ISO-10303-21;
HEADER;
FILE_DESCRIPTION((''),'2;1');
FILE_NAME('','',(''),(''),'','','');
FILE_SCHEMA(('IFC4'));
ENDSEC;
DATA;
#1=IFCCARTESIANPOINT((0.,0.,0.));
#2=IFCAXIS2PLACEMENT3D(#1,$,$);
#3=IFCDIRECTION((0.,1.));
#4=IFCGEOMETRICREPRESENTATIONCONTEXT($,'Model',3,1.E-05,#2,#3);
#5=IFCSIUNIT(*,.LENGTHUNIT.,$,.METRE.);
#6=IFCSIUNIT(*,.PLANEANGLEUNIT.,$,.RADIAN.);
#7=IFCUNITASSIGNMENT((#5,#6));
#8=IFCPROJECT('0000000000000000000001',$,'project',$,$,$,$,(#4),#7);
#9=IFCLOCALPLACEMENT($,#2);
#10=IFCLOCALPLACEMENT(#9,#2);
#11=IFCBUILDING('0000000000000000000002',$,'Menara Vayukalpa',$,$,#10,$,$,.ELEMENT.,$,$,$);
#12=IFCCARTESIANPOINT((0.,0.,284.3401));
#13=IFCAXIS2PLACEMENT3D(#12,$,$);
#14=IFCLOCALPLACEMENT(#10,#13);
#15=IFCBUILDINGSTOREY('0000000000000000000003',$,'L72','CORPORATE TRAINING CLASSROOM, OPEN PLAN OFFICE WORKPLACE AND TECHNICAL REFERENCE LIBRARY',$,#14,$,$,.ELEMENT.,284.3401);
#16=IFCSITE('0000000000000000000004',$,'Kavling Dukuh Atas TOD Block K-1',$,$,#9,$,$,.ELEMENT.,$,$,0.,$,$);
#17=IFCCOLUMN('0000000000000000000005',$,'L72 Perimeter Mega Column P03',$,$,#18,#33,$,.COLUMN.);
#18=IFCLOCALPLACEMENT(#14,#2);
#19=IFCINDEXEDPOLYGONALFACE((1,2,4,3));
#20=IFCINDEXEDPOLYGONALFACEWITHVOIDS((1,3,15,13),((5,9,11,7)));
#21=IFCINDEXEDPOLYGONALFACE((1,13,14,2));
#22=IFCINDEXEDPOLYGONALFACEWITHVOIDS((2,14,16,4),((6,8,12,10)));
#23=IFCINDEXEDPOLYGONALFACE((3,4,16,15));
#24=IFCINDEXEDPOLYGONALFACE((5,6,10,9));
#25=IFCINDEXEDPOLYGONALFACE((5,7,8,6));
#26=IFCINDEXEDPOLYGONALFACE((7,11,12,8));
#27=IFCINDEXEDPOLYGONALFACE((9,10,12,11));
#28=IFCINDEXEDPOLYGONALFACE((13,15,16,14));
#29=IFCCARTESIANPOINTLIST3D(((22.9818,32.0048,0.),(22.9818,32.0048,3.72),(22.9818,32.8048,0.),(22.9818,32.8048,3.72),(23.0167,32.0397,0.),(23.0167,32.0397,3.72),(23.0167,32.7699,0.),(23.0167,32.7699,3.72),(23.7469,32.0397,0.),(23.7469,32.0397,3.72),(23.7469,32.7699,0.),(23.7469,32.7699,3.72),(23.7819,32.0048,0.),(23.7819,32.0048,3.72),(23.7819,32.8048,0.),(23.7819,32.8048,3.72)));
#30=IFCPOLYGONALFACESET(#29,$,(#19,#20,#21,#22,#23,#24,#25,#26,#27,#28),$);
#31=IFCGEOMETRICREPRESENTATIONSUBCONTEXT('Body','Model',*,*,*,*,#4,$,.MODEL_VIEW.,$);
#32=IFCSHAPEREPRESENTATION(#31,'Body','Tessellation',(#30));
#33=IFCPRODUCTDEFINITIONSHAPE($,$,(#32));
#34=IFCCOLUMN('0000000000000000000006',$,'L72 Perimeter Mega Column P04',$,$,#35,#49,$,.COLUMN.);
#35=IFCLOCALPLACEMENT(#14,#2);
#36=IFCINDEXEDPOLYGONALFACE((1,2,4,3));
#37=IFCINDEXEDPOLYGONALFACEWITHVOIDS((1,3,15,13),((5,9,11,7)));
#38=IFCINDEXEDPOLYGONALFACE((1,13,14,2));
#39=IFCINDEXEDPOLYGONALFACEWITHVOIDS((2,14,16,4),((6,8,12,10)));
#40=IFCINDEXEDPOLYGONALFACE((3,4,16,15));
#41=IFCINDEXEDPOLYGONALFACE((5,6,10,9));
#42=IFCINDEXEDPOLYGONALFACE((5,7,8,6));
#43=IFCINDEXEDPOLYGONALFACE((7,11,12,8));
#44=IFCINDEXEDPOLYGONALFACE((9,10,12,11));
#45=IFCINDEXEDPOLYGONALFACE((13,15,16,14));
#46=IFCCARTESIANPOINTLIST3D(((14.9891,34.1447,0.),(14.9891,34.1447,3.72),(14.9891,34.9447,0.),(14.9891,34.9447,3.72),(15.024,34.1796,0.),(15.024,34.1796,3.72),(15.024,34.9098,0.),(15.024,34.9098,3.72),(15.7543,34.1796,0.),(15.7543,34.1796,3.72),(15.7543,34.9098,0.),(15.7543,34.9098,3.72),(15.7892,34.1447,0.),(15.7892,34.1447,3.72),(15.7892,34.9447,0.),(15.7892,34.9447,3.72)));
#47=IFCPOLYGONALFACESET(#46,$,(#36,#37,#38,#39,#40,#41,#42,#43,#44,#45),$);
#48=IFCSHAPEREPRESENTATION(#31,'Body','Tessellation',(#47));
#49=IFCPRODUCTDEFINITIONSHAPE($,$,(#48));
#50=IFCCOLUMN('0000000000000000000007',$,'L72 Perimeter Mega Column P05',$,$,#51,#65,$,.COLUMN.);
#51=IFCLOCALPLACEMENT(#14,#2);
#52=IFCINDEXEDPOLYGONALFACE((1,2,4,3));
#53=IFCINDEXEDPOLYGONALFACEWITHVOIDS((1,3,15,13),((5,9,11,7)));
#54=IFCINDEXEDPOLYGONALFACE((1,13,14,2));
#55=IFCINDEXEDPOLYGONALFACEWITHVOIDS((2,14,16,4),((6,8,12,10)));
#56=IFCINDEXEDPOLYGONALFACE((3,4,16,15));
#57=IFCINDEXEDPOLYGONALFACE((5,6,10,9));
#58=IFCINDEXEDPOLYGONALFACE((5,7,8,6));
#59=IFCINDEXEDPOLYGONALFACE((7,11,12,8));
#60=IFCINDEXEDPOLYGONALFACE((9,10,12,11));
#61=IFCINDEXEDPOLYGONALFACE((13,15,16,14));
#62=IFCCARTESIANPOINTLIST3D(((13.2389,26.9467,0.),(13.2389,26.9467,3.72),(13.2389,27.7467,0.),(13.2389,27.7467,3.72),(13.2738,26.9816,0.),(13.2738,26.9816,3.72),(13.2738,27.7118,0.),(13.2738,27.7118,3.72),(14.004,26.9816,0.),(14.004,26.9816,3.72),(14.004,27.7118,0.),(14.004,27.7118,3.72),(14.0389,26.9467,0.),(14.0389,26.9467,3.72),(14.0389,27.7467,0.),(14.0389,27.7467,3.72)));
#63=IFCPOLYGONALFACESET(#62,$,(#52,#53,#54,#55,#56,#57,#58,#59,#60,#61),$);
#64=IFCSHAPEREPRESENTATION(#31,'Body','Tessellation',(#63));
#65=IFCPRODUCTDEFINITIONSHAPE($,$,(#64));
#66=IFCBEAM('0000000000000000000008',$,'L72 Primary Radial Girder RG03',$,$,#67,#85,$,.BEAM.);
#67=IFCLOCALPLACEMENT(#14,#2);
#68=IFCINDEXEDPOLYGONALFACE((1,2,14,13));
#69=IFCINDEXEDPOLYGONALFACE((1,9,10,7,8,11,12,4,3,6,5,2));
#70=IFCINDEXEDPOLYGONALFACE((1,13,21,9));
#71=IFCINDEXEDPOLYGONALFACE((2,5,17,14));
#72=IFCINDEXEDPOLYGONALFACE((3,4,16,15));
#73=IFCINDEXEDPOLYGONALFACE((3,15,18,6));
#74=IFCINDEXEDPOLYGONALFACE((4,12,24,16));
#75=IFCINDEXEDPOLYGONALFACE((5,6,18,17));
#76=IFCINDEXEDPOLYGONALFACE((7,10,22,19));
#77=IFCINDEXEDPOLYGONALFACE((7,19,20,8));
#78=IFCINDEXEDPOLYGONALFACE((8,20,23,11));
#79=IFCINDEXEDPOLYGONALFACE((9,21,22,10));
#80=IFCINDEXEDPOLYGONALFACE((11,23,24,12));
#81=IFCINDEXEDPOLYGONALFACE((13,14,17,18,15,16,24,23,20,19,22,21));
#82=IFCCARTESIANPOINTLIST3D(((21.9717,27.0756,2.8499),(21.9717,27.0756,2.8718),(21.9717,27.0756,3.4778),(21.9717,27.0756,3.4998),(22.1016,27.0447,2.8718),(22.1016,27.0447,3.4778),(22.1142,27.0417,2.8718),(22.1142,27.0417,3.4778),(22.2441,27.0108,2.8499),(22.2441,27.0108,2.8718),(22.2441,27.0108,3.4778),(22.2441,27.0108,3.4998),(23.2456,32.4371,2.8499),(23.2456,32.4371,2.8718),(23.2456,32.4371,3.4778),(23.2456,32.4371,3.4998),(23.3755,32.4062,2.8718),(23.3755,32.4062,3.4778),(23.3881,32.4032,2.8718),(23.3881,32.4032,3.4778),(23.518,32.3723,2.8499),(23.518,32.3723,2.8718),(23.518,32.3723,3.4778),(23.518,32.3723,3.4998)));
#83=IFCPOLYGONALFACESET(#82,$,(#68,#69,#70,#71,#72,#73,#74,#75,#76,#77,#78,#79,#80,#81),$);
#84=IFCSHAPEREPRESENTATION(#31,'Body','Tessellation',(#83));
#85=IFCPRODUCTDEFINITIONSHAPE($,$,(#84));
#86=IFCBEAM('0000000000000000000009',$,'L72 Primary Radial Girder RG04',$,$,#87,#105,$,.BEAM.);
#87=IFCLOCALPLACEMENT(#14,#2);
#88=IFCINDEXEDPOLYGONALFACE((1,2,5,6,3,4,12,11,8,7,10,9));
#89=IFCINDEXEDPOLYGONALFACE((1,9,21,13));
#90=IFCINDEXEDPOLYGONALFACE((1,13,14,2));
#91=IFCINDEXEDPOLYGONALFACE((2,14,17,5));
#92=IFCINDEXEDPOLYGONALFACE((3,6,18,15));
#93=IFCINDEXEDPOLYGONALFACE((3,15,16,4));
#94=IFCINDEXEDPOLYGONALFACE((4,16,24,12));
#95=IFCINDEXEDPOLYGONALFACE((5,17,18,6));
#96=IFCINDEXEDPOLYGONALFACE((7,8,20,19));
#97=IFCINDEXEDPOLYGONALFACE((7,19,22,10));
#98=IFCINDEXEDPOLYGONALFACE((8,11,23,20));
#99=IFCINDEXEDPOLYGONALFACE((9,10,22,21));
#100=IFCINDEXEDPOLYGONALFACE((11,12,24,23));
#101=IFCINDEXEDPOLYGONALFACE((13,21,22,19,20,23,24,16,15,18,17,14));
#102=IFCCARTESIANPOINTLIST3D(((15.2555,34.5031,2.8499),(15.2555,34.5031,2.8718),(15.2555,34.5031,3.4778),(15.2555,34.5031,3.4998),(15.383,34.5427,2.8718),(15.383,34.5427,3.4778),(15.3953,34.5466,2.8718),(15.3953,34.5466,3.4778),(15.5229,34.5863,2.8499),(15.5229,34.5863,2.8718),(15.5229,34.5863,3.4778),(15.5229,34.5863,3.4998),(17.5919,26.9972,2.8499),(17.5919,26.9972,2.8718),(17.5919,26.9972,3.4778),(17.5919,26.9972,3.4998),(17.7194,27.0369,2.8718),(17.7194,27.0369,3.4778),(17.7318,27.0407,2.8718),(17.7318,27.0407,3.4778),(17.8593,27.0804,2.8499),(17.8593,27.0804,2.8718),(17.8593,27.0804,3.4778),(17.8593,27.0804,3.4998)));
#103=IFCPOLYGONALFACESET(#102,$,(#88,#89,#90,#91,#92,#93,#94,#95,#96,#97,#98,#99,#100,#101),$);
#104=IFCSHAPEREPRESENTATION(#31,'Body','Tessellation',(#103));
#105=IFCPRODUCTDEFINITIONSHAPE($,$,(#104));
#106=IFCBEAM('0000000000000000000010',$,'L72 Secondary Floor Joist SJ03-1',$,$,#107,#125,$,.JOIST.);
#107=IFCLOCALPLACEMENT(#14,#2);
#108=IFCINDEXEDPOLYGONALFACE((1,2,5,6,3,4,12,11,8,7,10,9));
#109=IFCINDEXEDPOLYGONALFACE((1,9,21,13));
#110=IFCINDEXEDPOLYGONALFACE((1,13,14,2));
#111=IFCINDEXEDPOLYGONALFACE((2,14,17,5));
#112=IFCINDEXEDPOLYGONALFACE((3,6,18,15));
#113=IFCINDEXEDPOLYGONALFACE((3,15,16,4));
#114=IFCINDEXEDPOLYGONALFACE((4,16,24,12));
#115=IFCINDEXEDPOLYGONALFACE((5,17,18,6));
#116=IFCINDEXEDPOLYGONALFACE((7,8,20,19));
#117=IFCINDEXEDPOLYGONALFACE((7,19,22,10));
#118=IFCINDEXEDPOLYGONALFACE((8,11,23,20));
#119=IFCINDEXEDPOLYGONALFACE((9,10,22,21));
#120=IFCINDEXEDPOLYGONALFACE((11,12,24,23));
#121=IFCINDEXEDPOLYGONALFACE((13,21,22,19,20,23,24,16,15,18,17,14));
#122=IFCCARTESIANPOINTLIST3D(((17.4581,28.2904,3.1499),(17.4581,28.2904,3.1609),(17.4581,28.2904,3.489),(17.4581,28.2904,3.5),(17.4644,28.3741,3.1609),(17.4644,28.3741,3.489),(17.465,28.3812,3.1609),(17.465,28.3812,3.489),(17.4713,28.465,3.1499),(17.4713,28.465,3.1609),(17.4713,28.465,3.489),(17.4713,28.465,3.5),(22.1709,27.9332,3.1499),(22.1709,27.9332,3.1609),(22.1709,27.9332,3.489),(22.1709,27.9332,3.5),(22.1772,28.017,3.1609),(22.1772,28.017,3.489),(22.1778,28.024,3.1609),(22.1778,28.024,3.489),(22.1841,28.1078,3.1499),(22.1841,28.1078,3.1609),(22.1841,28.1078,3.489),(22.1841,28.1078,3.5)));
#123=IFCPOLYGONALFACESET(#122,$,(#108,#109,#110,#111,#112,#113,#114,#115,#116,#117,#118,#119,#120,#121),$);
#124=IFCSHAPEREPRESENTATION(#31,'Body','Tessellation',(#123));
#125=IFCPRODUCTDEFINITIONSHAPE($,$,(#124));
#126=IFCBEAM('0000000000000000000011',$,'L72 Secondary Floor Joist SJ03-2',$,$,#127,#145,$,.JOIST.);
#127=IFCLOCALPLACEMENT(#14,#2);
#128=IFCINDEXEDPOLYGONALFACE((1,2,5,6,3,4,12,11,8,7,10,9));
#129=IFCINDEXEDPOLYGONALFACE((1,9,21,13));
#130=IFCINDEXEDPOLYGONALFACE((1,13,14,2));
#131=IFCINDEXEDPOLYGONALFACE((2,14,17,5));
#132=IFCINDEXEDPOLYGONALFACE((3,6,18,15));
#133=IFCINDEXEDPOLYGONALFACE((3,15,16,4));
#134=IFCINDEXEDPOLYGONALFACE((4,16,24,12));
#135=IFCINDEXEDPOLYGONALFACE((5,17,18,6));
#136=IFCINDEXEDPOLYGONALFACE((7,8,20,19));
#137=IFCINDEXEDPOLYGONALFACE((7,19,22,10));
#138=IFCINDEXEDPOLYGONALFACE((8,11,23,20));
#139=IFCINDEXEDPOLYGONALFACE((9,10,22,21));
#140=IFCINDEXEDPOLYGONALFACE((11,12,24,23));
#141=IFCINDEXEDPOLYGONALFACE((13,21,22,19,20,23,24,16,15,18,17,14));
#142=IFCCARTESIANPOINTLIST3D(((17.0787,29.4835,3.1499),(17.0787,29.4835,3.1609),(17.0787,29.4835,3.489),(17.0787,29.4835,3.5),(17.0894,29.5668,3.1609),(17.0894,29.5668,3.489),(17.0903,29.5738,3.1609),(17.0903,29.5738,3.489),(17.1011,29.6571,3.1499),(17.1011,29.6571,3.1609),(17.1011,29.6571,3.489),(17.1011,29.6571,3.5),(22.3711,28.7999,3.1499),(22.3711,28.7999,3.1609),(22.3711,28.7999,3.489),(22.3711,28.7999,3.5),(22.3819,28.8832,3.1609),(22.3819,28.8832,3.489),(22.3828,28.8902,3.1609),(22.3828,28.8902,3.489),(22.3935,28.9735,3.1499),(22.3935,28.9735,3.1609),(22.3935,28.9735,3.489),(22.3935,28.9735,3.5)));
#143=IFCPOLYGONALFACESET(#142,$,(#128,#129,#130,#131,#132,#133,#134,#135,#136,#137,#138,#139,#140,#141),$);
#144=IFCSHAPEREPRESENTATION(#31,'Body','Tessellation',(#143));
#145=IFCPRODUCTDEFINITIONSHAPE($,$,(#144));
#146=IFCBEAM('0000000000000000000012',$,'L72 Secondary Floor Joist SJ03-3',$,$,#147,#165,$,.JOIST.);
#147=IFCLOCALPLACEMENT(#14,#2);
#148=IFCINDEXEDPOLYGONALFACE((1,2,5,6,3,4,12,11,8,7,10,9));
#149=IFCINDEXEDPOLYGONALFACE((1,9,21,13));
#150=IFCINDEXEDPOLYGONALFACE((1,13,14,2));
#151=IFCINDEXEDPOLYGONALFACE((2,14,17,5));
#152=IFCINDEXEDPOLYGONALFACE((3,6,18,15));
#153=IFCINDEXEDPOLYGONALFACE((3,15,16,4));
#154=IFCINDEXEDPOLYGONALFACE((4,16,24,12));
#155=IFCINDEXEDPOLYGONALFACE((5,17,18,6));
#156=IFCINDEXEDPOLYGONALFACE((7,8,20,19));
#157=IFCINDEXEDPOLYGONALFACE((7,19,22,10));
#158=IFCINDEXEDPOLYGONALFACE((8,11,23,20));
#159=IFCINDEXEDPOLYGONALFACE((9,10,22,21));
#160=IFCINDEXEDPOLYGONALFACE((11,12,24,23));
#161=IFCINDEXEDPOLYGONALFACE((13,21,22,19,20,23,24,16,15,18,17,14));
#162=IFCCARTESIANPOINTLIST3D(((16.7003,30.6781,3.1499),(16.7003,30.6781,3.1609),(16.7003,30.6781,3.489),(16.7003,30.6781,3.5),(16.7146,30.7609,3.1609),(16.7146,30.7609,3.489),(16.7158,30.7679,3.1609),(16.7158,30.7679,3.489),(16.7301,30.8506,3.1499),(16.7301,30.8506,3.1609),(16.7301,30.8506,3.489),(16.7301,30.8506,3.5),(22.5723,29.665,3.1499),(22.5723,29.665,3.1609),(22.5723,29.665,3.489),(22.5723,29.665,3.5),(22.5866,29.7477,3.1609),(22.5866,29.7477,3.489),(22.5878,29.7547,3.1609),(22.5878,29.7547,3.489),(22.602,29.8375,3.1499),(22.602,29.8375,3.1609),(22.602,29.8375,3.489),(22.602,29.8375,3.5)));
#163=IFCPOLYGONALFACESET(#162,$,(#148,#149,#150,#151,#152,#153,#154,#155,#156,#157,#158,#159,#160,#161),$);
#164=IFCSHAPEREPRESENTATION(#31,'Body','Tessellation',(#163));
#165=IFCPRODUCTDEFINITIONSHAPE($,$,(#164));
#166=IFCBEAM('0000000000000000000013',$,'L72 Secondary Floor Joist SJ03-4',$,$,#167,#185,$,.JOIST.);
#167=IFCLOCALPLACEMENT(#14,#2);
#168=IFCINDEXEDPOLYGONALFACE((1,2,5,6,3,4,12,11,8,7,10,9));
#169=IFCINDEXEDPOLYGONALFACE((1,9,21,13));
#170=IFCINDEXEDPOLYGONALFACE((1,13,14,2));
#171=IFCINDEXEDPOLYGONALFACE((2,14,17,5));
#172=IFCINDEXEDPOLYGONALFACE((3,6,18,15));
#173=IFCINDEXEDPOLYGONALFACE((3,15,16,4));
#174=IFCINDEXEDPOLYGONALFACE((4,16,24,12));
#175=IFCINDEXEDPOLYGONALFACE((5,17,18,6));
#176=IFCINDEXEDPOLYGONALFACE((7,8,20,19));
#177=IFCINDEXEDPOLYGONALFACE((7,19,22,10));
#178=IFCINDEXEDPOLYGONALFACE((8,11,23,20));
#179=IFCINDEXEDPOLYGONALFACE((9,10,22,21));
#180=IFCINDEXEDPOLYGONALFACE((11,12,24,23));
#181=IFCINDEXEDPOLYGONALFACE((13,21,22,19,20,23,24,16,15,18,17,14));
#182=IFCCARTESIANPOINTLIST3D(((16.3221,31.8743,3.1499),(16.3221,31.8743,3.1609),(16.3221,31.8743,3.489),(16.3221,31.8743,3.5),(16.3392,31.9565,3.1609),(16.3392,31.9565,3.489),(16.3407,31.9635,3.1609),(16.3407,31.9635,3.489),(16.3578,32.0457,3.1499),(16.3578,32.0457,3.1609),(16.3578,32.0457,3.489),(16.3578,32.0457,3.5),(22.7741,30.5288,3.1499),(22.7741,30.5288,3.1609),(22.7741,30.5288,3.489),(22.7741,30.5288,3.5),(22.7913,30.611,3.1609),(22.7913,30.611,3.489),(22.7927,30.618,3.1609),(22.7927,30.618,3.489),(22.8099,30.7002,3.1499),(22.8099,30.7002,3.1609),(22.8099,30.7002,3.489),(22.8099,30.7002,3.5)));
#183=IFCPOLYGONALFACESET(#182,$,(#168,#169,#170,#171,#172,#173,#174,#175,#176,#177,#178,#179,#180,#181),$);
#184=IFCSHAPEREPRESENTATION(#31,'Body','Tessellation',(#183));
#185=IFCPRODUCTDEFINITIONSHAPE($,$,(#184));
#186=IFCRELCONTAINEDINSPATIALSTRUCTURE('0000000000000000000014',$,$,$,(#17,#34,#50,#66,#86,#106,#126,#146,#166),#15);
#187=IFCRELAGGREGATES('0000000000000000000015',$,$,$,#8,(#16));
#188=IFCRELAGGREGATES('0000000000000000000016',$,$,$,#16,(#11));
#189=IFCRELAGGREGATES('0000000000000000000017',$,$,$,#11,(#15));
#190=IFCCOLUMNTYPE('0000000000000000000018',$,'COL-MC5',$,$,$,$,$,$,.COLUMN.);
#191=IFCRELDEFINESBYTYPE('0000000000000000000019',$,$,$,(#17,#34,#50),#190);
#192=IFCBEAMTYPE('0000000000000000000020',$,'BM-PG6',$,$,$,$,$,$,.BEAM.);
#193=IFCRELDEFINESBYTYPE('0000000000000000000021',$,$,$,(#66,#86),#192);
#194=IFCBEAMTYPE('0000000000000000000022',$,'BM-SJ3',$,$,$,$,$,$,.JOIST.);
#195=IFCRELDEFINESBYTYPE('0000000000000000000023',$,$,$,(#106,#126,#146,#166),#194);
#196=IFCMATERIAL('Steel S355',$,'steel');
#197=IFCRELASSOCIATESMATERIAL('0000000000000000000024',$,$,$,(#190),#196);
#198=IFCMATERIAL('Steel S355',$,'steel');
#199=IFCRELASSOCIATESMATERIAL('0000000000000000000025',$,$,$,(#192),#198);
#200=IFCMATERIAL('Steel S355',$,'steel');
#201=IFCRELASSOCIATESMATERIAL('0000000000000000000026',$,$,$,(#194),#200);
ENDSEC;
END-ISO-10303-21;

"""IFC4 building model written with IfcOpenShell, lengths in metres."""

from ifc_helpers import new_model, si_unit, direction, frame, origin, origin_2d, place, context, subcontext, project, spatial, hollow_rectangle, i_section, extrude, material, material_profile, profile_set, type_object, element, save


model = new_model("IFC4")

# Units and contexts
model_context = context("Model", 3, precision=1e-05, world=origin(), true_north=direction((0.0, 1.0)))
body_context = subcontext(model_context, "Body", "Model", "MODEL_VIEW")
ifc_project = project(units=[si_unit("LENGTHUNIT", "METRE"), si_unit("PLANEANGLEUNIT", "RADIAN")], contexts=[model_context])

# Site, building, storey
site_placement = place(None, origin())
site = spatial("IfcSite", under=ifc_project, at=site_placement, Name="Kavling Dukuh Atas TOD Block K-1", CompositionType="ELEMENT", RefElevation=0.0)
building_placement = place(site_placement, origin())
building = spatial("IfcBuilding", under=site, at=building_placement, Name="Menara Vayukalpa", CompositionType="ELEMENT")
storey_placement = place(building_placement, frame((0.0, 0.0, 284.3401)))
storey = spatial("IfcBuildingStorey", under=building, at=storey_placement, Name="L72", Description="CORPORATE TRAINING CLASSROOM, OPEN PLAN OFFICE WORKPLACE AND TECHNICAL REFERENCE LIBRARY", CompositionType="ELEMENT", Elevation=284.3401)

# Columns
ifc_material_1 = material(Name="Steel S355", Category="steel")
ifc_material_profile_1 = material_profile(ifc_material_1, hollow_rectangle(XDim=0.8, YDim=0.8, WallThickness=0.0349, at=origin_2d()), Name="BOX 800x800x35")
ifc_profile_set_1 = profile_set([ifc_material_profile_1], Name="Steel S355")
column_type = type_object("IfcColumnType", Name="COL-MC5", PredefinedType="COLUMN", material=ifc_profile_set_1)
for number, where, z_axis, x_axis, name in (
    (1, (23.3818, 32.4048, 0.0), (0.0, 0.0, 1.0), (1.0, 0.0, 0.0), "L72 Perimeter Mega Column P03"),
    (2, (15.3892, 34.5447, 0.0), (0.0, 0.0, 1.0), (1.0, 0.0, 0.0), "L72 Perimeter Mega Column P04"),
    (3, (13.6389, 27.3467, 0.0), (0.0, 0.0, 1.0), (1.0, 0.0, 0.0), "L72 Perimeter Mega Column P05"),
):
    element("IfcColumn", number, at=place(storey_placement, frame(where, z_axis=z_axis, x_axis=x_axis)), inside=storey, type_object=column_type, Name=name, PredefinedType="COLUMN", context=body_context, shape_type="SweptSolid", body=[
        extrude(hollow_rectangle(XDim=0.8, YDim=0.8, WallThickness=0.0349, at=origin_2d()), origin(), (0.0, 0.0, 1.0), 3.72),
    ])

# Beams
ifc_material_2 = material(Name="Steel S355", Category="steel")
ifc_material_profile_2 = material_profile(ifc_material_2, i_section(OverallWidth=0.28, OverallDepth=0.6499, WebThickness=0.0129, FlangeThickness=0.022, at=origin_2d()), Name="WF 650x280x13x22")
ifc_profile_set_2 = profile_set([ifc_material_profile_2], Name="Steel S355")
beam_type_1 = type_object("IfcBeamType", Name="BM-PG6", PredefinedType="BEAM", material=ifc_profile_set_2)
beam_1_placement = place(storey_placement, frame((22.1079, 27.0432, 3.1748), z_axis=(0.231167, 0.972914, 0.0), x_axis=(-0.972914, 0.231167, 0.0)))
element("IfcBeam", 4, at=beam_1_placement, inside=storey, type_object=beam_type_1, Name="L72 Primary Radial Girder RG03", PredefinedType="BEAM", context=body_context, shape_type="SweptSolid", body=[
    extrude(i_section(OverallWidth=0.28, OverallDepth=0.6499, WebThickness=0.0129, FlangeThickness=0.022, at=origin_2d()), origin(), (0.0, 0.0, 1.0), 5.5107),
])
beam_2_placement = place(storey_placement, frame((17.7256, 27.0388, 3.1748), z_axis=(-0.297214, 0.954811, 0.0), x_axis=(-0.954811, -0.297214, 0.0)))
element("IfcBeam", 5, at=beam_2_placement, inside=storey, type_object=beam_type_1, Name="L72 Primary Radial Girder RG04", PredefinedType="BEAM", context=body_context, shape_type="SweptSolid", body=[
    extrude(i_section(OverallWidth=0.28, OverallDepth=0.6499, WebThickness=0.0129, FlangeThickness=0.022, at=origin_2d()), origin(), (0.0, 0.0, 1.0), 7.8611),
])
ifc_material_3 = material(Name="Steel S355", Category="steel")
ifc_material_profile_3 = material_profile(ifc_material_3, i_section(OverallWidth=0.175, OverallDepth=0.3501, WebThickness=0.0071, FlangeThickness=0.011, at=origin_2d()), Name="WF 350x175x7x11")
ifc_profile_set_3 = profile_set([ifc_material_profile_3], Name="Steel S355")
beam_type_2 = type_object("IfcBeamType", Name="BM-SJ3", PredefinedType="JOIST", material=ifc_profile_set_3)
beam_3_placement = place(storey_placement, frame((22.1775, 28.0205, 3.325), z_axis=(-0.99714, 0.075571, 0.0), x_axis=(-0.075571, -0.99714, 0.0)))
element("IfcBeam", 6, at=beam_3_placement, inside=storey, type_object=beam_type_2, Name="L72 Secondary Floor Joist SJ03-1", PredefinedType="JOIST", context=body_context, shape_type="SweptSolid", body=[
    extrude(i_section(OverallWidth=0.175, OverallDepth=0.3501, WebThickness=0.0071, FlangeThickness=0.011, at=origin_2d()), origin(), (0.0, 0.0, 1.0), 4.7263),
])
beam_4_placement = place(storey_placement, frame((22.3823, 28.8867, 3.325), z_axis=(-0.991761, 0.128099, 0.0), x_axis=(-0.128099, -0.991761, 0.0)))
element("IfcBeam", 7, at=beam_4_placement, inside=storey, type_object=beam_type_2, Name="L72 Secondary Floor Joist SJ03-2", PredefinedType="JOIST", context=body_context, shape_type="SweptSolid", body=[
    extrude(i_section(OverallWidth=0.175, OverallDepth=0.3501, WebThickness=0.0071, FlangeThickness=0.011, at=origin_2d()), origin(), (0.0, 0.0, 1.0), 5.3364),
])
beam_5_placement = place(storey_placement, frame((22.5872, 29.7512, 3.325), z_axis=(-0.985439, 0.17003, 0.0), x_axis=(-0.17003, -0.985439, 0.0)))
element("IfcBeam", 8, at=beam_5_placement, inside=storey, type_object=beam_type_2, Name="L72 Secondary Floor Joist SJ03-3", PredefinedType="JOIST", context=body_context, shape_type="SweptSolid", body=[
    extrude(i_section(OverallWidth=0.175, OverallDepth=0.3501, WebThickness=0.0071, FlangeThickness=0.011, at=origin_2d()), origin(), (0.0, 0.0, 1.0), 5.9587),
])
beam_6_placement = place(storey_placement, frame((22.792, 30.6145, 3.325), z_axis=(-0.978941, 0.204145, 0.0), x_axis=(-0.204145, -0.978941, 0.0)))
element("IfcBeam", 9, at=beam_6_placement, inside=storey, type_object=beam_type_2, Name="L72 Secondary Floor Joist SJ03-4", PredefinedType="JOIST", context=body_context, shape_type="SweptSolid", body=[
    extrude(i_section(OverallWidth=0.175, OverallDepth=0.3501, WebThickness=0.0071, FlangeThickness=0.011, at=origin_2d()), origin(), (0.0, 0.0, 1.0), 6.5908),
])

save(model, "model.ifc")
